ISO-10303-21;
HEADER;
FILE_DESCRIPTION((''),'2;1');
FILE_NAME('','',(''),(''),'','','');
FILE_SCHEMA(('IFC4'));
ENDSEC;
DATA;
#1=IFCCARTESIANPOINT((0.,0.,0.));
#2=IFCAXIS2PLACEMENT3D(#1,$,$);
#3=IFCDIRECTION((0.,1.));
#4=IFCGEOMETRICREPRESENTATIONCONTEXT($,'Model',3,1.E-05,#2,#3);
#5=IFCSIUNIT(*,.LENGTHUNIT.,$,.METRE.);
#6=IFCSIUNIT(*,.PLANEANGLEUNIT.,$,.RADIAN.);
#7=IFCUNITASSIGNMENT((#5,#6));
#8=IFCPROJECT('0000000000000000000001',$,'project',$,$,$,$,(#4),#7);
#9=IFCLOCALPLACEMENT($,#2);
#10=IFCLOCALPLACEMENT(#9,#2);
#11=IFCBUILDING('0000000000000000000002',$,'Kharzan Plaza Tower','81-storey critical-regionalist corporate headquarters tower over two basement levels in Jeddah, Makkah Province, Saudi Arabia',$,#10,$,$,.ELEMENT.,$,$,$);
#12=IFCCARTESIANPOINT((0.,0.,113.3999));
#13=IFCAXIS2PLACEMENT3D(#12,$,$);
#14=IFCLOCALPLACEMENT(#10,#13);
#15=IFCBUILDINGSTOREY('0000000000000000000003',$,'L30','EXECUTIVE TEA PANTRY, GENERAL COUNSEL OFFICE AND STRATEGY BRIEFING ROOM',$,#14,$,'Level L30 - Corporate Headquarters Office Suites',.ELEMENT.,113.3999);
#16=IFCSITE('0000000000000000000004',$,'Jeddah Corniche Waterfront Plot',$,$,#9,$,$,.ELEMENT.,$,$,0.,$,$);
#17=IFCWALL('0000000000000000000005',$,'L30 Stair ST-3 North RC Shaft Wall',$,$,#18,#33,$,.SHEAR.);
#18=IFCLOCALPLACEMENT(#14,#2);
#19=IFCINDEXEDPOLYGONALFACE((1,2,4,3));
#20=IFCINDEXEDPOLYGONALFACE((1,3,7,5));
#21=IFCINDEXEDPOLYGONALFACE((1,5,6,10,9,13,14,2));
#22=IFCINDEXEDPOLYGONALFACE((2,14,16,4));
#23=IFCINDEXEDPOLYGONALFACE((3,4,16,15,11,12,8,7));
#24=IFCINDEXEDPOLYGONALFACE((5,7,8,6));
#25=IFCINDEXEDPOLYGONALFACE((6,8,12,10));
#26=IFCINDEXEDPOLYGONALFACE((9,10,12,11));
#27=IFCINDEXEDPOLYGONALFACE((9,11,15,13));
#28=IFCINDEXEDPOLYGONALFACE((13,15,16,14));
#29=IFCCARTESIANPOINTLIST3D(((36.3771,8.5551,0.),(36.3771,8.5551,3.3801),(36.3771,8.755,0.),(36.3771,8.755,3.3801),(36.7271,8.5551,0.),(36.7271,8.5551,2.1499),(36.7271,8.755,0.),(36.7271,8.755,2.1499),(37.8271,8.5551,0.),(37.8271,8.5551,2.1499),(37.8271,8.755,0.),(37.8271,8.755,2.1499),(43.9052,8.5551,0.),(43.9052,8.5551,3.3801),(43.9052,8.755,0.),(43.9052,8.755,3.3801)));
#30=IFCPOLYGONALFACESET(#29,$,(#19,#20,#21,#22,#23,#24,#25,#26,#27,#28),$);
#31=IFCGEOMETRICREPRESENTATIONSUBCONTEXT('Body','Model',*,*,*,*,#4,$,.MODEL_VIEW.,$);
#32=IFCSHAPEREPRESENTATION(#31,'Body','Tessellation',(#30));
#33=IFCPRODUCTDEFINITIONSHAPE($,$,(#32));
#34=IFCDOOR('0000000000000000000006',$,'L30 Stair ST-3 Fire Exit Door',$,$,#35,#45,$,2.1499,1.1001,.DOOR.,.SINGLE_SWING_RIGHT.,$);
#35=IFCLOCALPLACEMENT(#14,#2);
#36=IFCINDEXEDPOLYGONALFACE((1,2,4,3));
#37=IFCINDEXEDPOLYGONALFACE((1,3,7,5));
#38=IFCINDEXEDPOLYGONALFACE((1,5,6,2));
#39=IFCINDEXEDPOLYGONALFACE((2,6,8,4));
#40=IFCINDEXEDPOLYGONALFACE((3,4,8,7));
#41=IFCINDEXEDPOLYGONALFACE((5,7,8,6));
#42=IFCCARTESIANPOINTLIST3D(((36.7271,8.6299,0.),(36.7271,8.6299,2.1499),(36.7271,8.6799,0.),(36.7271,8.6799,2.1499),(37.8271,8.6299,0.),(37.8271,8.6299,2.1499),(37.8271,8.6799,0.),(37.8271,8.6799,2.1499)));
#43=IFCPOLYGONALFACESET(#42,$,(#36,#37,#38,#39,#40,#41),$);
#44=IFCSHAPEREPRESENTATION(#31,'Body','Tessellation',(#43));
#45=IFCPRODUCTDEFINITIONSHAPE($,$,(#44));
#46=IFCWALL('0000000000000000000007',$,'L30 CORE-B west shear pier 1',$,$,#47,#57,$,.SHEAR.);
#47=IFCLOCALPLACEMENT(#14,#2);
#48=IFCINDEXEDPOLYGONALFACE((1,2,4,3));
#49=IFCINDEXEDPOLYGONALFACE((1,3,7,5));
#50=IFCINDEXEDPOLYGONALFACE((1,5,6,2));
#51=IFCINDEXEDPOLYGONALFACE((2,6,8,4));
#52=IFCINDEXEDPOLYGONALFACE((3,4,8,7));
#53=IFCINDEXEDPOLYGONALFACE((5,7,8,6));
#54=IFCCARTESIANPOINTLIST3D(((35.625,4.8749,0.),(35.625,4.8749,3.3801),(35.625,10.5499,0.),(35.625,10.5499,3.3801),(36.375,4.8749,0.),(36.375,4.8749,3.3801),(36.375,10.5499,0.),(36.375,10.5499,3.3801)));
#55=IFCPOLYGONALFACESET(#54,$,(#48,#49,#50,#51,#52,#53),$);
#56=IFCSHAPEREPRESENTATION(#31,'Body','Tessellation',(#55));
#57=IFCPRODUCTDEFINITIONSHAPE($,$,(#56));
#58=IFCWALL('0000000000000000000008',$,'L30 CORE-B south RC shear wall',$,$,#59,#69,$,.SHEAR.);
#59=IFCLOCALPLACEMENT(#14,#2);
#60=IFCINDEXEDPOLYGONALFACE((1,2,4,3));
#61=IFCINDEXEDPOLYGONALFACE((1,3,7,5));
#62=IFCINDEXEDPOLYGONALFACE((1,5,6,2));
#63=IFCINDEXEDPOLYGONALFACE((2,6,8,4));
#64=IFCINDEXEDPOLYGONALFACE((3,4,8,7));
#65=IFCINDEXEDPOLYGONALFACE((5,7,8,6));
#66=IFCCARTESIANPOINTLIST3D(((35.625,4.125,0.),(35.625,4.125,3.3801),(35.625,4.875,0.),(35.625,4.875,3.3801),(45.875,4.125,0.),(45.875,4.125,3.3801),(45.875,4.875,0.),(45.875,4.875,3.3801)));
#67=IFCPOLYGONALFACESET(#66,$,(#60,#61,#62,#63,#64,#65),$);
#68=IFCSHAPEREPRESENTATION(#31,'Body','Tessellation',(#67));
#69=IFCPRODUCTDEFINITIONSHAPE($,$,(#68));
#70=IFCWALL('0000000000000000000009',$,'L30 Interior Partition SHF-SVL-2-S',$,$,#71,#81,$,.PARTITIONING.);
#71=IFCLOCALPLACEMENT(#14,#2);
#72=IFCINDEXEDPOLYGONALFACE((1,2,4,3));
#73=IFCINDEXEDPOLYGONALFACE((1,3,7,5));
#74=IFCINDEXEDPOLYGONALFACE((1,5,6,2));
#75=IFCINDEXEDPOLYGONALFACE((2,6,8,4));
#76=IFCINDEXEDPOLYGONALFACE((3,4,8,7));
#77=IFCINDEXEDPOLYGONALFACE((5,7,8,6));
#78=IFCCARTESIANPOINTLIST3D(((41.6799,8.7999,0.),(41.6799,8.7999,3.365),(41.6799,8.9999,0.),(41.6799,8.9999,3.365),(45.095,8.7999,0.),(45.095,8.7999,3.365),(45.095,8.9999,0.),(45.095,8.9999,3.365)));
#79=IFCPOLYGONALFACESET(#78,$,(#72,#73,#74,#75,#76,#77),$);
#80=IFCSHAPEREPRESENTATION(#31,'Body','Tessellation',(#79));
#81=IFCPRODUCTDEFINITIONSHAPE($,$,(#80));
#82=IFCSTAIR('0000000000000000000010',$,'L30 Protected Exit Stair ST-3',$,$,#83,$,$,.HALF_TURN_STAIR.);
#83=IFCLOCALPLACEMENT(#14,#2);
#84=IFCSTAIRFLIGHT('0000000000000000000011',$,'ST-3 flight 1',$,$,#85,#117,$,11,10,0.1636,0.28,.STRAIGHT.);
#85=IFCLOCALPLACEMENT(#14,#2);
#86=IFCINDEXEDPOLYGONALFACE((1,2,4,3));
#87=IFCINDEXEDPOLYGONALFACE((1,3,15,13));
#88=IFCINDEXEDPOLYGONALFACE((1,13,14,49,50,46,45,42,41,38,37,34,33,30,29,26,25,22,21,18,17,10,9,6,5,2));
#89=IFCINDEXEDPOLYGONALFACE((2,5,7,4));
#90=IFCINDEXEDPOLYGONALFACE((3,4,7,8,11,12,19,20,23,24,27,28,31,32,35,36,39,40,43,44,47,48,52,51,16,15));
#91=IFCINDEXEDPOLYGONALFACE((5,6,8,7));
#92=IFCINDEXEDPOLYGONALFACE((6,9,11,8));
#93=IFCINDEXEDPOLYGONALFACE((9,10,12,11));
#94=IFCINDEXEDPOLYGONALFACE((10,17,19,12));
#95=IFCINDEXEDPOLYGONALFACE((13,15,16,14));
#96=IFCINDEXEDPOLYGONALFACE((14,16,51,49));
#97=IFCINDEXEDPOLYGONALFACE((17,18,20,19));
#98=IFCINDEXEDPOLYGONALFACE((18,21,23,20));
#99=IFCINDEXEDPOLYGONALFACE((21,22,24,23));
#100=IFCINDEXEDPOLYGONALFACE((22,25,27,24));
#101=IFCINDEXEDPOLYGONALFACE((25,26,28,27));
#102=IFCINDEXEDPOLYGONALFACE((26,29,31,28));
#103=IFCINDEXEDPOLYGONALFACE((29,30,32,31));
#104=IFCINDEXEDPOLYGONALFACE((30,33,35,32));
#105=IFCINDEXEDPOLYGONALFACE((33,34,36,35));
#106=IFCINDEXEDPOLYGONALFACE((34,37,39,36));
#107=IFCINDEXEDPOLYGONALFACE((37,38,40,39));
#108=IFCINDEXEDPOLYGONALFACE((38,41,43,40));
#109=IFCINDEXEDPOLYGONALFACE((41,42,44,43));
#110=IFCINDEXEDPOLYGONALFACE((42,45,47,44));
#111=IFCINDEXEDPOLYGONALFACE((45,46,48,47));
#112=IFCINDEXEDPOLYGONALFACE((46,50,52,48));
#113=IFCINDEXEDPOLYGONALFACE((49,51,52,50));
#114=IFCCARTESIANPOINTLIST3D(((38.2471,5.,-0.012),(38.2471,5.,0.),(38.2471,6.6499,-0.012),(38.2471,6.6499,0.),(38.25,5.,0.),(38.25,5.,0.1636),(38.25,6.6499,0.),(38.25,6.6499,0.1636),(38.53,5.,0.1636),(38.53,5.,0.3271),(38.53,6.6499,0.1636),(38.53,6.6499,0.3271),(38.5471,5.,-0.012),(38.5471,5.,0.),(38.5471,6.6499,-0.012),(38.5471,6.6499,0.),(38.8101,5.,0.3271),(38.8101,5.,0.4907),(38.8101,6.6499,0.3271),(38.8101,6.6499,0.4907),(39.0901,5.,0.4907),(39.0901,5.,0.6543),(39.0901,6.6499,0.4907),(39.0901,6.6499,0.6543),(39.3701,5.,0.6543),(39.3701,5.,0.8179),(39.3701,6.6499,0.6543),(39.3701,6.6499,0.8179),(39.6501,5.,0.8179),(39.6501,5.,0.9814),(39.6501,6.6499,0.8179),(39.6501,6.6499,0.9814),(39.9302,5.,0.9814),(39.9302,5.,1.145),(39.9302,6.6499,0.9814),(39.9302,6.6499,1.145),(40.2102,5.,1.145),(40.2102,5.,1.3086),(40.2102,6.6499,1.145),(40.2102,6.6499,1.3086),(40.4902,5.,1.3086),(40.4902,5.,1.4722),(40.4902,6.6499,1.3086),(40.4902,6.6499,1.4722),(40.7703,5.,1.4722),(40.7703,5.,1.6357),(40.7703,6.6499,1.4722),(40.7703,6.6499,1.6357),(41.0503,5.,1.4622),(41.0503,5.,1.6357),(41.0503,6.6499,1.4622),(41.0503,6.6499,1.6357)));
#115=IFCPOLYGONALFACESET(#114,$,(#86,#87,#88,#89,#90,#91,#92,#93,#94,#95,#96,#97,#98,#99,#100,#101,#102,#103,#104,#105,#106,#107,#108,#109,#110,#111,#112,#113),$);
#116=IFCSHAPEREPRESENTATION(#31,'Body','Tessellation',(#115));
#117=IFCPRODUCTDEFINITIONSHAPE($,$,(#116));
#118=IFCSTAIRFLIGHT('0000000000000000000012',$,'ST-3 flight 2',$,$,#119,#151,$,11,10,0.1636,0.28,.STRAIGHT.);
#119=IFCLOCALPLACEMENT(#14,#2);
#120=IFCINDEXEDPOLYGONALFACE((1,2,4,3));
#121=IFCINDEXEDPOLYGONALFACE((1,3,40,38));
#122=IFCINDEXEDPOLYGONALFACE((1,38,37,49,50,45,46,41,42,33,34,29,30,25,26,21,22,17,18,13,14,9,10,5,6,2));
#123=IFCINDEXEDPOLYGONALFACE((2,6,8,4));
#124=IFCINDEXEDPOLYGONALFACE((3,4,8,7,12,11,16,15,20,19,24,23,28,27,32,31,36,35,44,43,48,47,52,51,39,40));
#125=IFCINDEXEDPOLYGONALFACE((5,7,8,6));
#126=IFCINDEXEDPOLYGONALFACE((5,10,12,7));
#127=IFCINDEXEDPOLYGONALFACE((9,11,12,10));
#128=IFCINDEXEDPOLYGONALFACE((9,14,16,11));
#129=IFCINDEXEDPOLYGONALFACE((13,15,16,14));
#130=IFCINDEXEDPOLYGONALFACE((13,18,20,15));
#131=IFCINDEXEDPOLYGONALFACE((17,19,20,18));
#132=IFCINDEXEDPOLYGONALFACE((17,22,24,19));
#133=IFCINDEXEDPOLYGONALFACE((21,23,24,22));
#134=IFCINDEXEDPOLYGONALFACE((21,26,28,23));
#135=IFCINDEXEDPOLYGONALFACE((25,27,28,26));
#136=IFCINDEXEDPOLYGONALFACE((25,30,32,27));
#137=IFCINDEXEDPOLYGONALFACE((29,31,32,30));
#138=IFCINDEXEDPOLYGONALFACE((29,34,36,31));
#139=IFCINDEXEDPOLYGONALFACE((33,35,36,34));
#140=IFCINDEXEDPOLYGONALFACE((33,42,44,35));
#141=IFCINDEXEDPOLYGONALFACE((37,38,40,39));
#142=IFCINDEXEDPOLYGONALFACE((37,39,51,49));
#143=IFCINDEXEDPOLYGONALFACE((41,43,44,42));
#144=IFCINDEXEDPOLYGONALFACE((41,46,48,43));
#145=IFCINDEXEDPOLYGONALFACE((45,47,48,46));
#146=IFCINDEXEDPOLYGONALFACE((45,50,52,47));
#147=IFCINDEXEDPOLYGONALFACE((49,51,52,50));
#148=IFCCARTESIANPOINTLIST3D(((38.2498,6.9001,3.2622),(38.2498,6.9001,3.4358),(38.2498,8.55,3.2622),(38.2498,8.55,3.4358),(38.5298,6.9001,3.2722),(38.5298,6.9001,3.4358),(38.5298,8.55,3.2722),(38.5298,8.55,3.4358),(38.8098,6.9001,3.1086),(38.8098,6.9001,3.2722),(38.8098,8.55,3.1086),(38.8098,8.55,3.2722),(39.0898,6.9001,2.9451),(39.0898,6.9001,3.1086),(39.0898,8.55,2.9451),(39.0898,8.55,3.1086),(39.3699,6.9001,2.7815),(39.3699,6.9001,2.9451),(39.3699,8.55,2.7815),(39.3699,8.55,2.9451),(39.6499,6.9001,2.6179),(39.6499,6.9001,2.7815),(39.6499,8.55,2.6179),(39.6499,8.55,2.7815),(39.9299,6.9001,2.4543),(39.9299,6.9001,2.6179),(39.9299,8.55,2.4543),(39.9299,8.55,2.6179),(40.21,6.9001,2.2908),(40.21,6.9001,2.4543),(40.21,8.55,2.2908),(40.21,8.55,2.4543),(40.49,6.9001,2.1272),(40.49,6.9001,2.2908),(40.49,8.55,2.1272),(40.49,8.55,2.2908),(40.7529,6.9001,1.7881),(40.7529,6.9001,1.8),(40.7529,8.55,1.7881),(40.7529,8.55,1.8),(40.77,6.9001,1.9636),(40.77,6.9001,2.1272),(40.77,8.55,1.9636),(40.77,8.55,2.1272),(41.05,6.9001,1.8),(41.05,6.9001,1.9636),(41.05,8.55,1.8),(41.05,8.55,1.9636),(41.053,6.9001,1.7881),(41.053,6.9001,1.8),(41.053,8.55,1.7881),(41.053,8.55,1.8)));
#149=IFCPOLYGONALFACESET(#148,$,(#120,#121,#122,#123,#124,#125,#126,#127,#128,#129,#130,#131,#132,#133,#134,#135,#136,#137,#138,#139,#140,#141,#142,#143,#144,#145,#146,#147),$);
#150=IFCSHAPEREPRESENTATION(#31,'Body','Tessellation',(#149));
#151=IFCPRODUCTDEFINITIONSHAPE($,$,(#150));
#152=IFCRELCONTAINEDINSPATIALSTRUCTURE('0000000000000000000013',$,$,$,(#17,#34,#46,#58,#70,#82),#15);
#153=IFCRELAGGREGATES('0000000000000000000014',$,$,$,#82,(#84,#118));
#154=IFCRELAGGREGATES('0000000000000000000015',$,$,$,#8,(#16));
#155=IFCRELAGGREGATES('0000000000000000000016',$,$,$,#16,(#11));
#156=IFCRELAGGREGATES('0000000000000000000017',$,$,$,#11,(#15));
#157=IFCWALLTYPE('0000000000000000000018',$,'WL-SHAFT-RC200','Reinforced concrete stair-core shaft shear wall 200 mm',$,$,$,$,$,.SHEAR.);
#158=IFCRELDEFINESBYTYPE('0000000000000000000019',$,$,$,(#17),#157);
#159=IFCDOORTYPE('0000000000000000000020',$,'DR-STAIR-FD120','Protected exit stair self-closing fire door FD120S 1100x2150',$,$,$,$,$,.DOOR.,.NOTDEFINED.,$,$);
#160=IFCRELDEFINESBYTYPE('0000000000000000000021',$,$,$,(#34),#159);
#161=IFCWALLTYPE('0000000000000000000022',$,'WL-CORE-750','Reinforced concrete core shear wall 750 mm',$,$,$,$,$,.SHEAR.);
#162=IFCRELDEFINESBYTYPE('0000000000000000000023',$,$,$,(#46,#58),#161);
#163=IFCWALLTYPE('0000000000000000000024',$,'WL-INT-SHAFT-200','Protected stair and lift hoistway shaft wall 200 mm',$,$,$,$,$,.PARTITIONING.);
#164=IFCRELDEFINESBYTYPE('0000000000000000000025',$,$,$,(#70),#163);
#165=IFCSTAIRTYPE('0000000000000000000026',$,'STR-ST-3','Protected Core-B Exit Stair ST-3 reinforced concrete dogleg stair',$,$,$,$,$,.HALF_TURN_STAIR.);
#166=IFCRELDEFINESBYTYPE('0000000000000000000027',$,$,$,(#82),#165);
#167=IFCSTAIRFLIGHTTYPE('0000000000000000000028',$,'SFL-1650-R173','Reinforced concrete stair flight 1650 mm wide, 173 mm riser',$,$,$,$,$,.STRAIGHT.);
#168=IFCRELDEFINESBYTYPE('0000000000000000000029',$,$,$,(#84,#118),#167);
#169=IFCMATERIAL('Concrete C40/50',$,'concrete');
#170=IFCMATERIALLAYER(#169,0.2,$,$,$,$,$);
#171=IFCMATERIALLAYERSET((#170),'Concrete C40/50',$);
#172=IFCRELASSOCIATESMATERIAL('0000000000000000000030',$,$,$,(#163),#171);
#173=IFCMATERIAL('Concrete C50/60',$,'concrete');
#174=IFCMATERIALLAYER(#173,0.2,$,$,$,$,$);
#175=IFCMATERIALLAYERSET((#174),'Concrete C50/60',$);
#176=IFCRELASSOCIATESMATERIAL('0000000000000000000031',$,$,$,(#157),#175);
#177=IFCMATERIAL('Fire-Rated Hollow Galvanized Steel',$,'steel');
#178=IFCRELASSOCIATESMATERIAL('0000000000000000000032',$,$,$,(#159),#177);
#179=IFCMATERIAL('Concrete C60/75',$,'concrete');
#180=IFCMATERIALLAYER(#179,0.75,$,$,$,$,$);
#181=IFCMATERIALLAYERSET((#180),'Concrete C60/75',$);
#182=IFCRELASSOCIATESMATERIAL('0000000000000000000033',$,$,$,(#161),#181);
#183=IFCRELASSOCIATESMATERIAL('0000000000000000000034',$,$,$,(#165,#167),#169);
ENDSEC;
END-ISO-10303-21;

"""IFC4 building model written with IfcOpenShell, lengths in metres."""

from ifc_helpers import new_model, si_unit, direction, frame, frame_2d, origin, place, context, subcontext, project, spatial, polyline, rectangle, outline, extrude, source, transform, mapped, material, layer, layer_set, type_object, element, fill, aggregate, save


model = new_model("IFC4")

# Units and contexts
model_context = context("Model", 3, precision=1e-05, world=origin(), true_north=direction((0.0, 1.0)))
body_context = subcontext(model_context, "Body", "Model", "MODEL_VIEW")
ifc_project = project(units=[si_unit("LENGTHUNIT", "METRE"), si_unit("PLANEANGLEUNIT", "RADIAN")], contexts=[model_context])

# Site, building, storey
site_placement = place(None, origin())
site = spatial("IfcSite", under=ifc_project, at=site_placement, Name="Jeddah Corniche Waterfront Plot", CompositionType="ELEMENT", RefElevation=0.0)
building_placement = place(site_placement, origin())
building = spatial("IfcBuilding", under=site, at=building_placement, Name="Kharzan Plaza Tower", Description="81-storey critical-regionalist corporate headquarters tower over two basement levels in Jeddah, Makkah Province, Saudi Arabia", CompositionType="ELEMENT")
storey_placement = place(building_placement, frame((0.0, 0.0, 113.3999)))
storey = spatial("IfcBuildingStorey", under=building, at=storey_placement, Name="L30", Description="EXECUTIVE TEA PANTRY, GENERAL COUNSEL OFFICE AND STRATEGY BRIEFING ROOM", LongName="Level L30 - Corporate Headquarters Office Suites", CompositionType="ELEMENT", Elevation=113.3999)

# Shared definitions
ifc_material_1 = material(Name="Concrete C60/75", Category="concrete")

# Shared definitions
ifc_material_2 = material(Name="Concrete C40/50", Category="concrete")

# Wall, opening, door
ifc_layer_1 = layer(ifc_material_2, 0.2)
ifc_layer_set_1 = layer_set([ifc_layer_1], Name="Concrete C40/50")
wall_type_1 = type_object("IfcWallType", Name="WL-INT-SHAFT-200", Description="Protected stair and lift hoistway shaft wall 200 mm", PredefinedType="PARTITIONING", material=ifc_layer_set_1)
ifc_material_3 = material(Name="Concrete C50/60", Category="concrete")
ifc_layer_2 = layer(ifc_material_3, 0.2)
ifc_layer_set_2 = layer_set([ifc_layer_2], Name="Concrete C50/60")
wall_type_2 = type_object("IfcWallType", Name="WL-SHAFT-RC200", Description="Reinforced concrete stair-core shaft shear wall 200 mm", PredefinedType="SHEAR", material=ifc_layer_set_2)
wall_1_placement = place(storey_placement, frame((36.377, 8.655, 0.0), z_axis=(0.0, 0.0, 1.0), x_axis=(1.0, 0.0, 0.0)))
wall_1 = element("IfcWall", 1, at=wall_1_placement, inside=storey, type_object=wall_type_2, Name="L30 Stair ST-3 North RC Shaft Wall", PredefinedType="SHEAR", context=body_context, shape_type="SweptSolid", body=[
    extrude(rectangle(XDim=7.5281, YDim=0.2, at=frame_2d((3.7642, 0.0))), origin(), (0.0, 0.0, 1.0), 3.3801),
])
opening_1_placement = place(wall_1_placement, frame((0.3501, 0.0, 0.0)))
opening_1 = element("IfcOpeningElement", 2, at=opening_1_placement, cuts=wall_1, PredefinedType="OPENING", context=body_context, shape_type="SweptSolid", body=[
    extrude(rectangle(XDim=1.1001, YDim=2.1499, at=frame_2d((0.55, 1.075))), frame((0.0, 0.1099, 0.0), z_axis=(0.0, -1.0, 0.0), x_axis=(1.0, 0.0, 0.0)), (0.0, 0.0, 1.0), 0.22),
])
ifc_material_4 = material(Name="Fire-Rated Hollow Galvanized Steel", Category="steel")
door_type_1 = type_object("IfcDoorType", Name="DR-STAIR-FD120", Description="Protected exit stair self-closing fire door FD120S 1100x2150", OperationType="NOTDEFINED", PredefinedType="DOOR", material=ifc_material_4)
shared_shape_1 = source(origin(), body_context, "Body", "SweptSolid", [
    extrude(rectangle(XDim=1.1001, YDim=2.1499, at=frame_2d((0.55, 1.075))), frame((0.0, 0.0249, 0.0), z_axis=(0.0, -1.0, 0.0), x_axis=(1.0, 0.0, 0.0)), (0.0, 0.0, 1.0), 0.05),
])
door_1_placement = place(opening_1_placement, origin())
door_1 = element("IfcDoor", 3, at=door_1_placement, inside=storey, type_object=door_type_1, Name="L30 Stair ST-3 Fire Exit Door", OperationType="SINGLE_SWING_RIGHT", OverallHeight=2.1499, OverallWidth=1.1001, PredefinedType="DOOR", context=body_context, shape_type="MappedRepresentation", body=[
    mapped(shared_shape_1, transform((0.0, 0.0, 0.0), x_axis=(1.0, 0.0, 0.0), y_axis=(0.0, 1.0, 0.0), z_axis=(0.0, 0.0, 1.0))),
])
fill(opening_1, door_1)

# Walls
ifc_layer_3 = layer(ifc_material_1, 0.75)
ifc_layer_set_3 = layer_set([ifc_layer_3], Name="Concrete C60/75")
wall_type_3 = type_object("IfcWallType", Name="WL-CORE-750", Description="Reinforced concrete core shear wall 750 mm", PredefinedType="SHEAR", material=ifc_layer_set_3)
shared_shape_2 = source(origin(), body_context, "Body", "SweptSolid", [
    extrude(rectangle(XDim=5.675, YDim=0.75, at=frame_2d((2.8374, 0.0))), origin(), (0.0, 0.0, 1.0), 3.3801),
])
wall_2_placement = place(storey_placement, frame((36.0, 4.875, 0.0), z_axis=(0.0, 0.0, 1.0), x_axis=(0.0, 1.0, 0.0)))
element("IfcWall", 4, at=wall_2_placement, inside=storey, type_object=wall_type_3, Name="L30 CORE-B west shear pier 1", PredefinedType="SHEAR", context=body_context, shape_type="MappedRepresentation", body=[
    mapped(shared_shape_2, transform((0.0, 0.0, 0.0), x_axis=(1.0, 0.0, 0.0), y_axis=(0.0, 1.0, 0.0), z_axis=(0.0, 0.0, 1.0))),
])
shared_shape_3 = source(origin(), body_context, "Body", "SweptSolid", [
    extrude(rectangle(XDim=10.25, YDim=0.75, at=frame_2d((5.125, 0.0))), origin(), (0.0, 0.0, 1.0), 3.3801),
])
wall_3_placement = place(storey_placement, frame((35.625, 4.5, 0.0), z_axis=(0.0, 0.0, 1.0), x_axis=(1.0, 0.0, 0.0)))
element("IfcWall", 5, at=wall_3_placement, inside=storey, type_object=wall_type_3, Name="L30 CORE-B south RC shear wall", PredefinedType="SHEAR", context=body_context, shape_type="MappedRepresentation", body=[
    mapped(shared_shape_3, transform((0.0, 0.0, 0.0), x_axis=(1.0, 0.0, 0.0), y_axis=(0.0, 1.0, 0.0), z_axis=(0.0, 0.0, 1.0))),
])
shared_shape_4 = source(origin(), body_context, "Body", "SweptSolid", [
    extrude(rectangle(XDim=3.415, YDim=0.2, at=frame_2d((1.7075, 0.0))), origin(), (0.0, 0.0, 1.0), 3.365),
])
wall_4_placement = place(storey_placement, frame((41.6799, 8.8999, 0.0), z_axis=(0.0, 0.0, 1.0), x_axis=(1.0, 0.0, 0.0)))
element("IfcWall", 6, at=wall_4_placement, inside=storey, type_object=wall_type_1, Name="L30 Interior Partition SHF-SVL-2-S", PredefinedType="PARTITIONING", context=body_context, shape_type="MappedRepresentation", body=[
    mapped(shared_shape_4, transform((0.0, 0.0, 0.0), x_axis=(1.0, 0.0, 0.0), y_axis=(0.0, 1.0, 0.0), z_axis=(0.0, 0.0, 1.0))),
])

# Stair, stair flights
stair_type = type_object("IfcStairType", Name="STR-ST-3", Description="Protected Core-B Exit Stair ST-3 reinforced concrete dogleg stair", PredefinedType="HALF_TURN_STAIR", material=ifc_material_2)
stair_placement = place(storey_placement, origin())
stair = element("IfcStair", 7, at=stair_placement, inside=storey, type_object=stair_type, Name="L30 Protected Exit Stair ST-3", PredefinedType="HALF_TURN_STAIR")
stair_flight_type = type_object("IfcStairFlightType", Name="SFL-1650-R173", Description="Reinforced concrete stair flight 1650 mm wide, 173 mm riser", PredefinedType="STRAIGHT", material=ifc_material_2)
shared_shape_5 = source(origin(), body_context, "Body", "SweptSolid", [
    extrude(outline(polyline([(-0.0029, -0.012), (-0.0029, 0.0), (0.0, 0.0), (0.0, 0.1636), (0.28, 0.1636), (0.28, 0.3271), (0.5601, 0.3271), (0.5601, 0.4907), (0.8401, 0.4907), (0.8401, 0.6543), (1.1201, 0.6543), (1.1201, 0.8179), (1.4001, 0.8179), (1.4001, 0.9814), (1.6802, 0.9814), (1.6802, 1.145), (1.9602, 1.145), (1.9602, 1.3086), (2.2402, 1.3086), (2.2402, 1.4722), (2.5203, 1.4722), (2.5203, 1.6357), (2.8003, 1.6357), (2.8003, 1.7993), (2.8003, 1.4622), (0.2971, 0.0), (0.2971, -0.012), (-0.0029, -0.012)])), frame((0.0, 0.825, 0.0), z_axis=(0.0, -1.0, 0.0), x_axis=(1.0, 0.0, 0.0)), (0.0, 0.0, 1.0), 1.6499),
])
stair_flight_1_placement = place(storey_placement, frame((38.25, 5.825, 0.0), z_axis=(0.0, 0.0, 1.0), x_axis=(1.0, 0.0, 0.0)))
stair_flight_1 = element("IfcStairFlight", 8, at=stair_flight_1_placement, type_object=stair_flight_type, Name="ST-3 flight 1", NumberOfRisers=11, NumberOfTreads=10, PredefinedType="STRAIGHT", RiserHeight=0.1636, TreadLength=0.28, context=body_context, shape_type="MappedRepresentation", body=[
    mapped(shared_shape_5, transform((0.0, 0.0, 0.0), x_axis=(1.0, 0.0, 0.0), y_axis=(0.0, 1.0, 0.0), z_axis=(0.0, 0.0, 1.0))),
])
stair_flight_2_placement = place(storey_placement, frame((41.05, 7.7251, 1.8), z_axis=(0.0, 0.0, 1.0), x_axis=(-1.0, 0.0, 0.0)))
stair_flight_2 = element("IfcStairFlight", 9, at=stair_flight_2_placement, type_object=stair_flight_type, Name="ST-3 flight 2", NumberOfRisers=11, NumberOfTreads=10, PredefinedType="STRAIGHT", RiserHeight=0.1636, TreadLength=0.28, context=body_context, shape_type="MappedRepresentation", body=[
    mapped(shared_shape_5, transform((0.0, 0.0, 0.0), x_axis=(1.0, 0.0, 0.0), y_axis=(0.0, 1.0, 0.0), z_axis=(0.0, 0.0, 1.0))),
])
aggregate(stair, [stair_flight_1, stair_flight_2])

save(model, "model.ifc")
